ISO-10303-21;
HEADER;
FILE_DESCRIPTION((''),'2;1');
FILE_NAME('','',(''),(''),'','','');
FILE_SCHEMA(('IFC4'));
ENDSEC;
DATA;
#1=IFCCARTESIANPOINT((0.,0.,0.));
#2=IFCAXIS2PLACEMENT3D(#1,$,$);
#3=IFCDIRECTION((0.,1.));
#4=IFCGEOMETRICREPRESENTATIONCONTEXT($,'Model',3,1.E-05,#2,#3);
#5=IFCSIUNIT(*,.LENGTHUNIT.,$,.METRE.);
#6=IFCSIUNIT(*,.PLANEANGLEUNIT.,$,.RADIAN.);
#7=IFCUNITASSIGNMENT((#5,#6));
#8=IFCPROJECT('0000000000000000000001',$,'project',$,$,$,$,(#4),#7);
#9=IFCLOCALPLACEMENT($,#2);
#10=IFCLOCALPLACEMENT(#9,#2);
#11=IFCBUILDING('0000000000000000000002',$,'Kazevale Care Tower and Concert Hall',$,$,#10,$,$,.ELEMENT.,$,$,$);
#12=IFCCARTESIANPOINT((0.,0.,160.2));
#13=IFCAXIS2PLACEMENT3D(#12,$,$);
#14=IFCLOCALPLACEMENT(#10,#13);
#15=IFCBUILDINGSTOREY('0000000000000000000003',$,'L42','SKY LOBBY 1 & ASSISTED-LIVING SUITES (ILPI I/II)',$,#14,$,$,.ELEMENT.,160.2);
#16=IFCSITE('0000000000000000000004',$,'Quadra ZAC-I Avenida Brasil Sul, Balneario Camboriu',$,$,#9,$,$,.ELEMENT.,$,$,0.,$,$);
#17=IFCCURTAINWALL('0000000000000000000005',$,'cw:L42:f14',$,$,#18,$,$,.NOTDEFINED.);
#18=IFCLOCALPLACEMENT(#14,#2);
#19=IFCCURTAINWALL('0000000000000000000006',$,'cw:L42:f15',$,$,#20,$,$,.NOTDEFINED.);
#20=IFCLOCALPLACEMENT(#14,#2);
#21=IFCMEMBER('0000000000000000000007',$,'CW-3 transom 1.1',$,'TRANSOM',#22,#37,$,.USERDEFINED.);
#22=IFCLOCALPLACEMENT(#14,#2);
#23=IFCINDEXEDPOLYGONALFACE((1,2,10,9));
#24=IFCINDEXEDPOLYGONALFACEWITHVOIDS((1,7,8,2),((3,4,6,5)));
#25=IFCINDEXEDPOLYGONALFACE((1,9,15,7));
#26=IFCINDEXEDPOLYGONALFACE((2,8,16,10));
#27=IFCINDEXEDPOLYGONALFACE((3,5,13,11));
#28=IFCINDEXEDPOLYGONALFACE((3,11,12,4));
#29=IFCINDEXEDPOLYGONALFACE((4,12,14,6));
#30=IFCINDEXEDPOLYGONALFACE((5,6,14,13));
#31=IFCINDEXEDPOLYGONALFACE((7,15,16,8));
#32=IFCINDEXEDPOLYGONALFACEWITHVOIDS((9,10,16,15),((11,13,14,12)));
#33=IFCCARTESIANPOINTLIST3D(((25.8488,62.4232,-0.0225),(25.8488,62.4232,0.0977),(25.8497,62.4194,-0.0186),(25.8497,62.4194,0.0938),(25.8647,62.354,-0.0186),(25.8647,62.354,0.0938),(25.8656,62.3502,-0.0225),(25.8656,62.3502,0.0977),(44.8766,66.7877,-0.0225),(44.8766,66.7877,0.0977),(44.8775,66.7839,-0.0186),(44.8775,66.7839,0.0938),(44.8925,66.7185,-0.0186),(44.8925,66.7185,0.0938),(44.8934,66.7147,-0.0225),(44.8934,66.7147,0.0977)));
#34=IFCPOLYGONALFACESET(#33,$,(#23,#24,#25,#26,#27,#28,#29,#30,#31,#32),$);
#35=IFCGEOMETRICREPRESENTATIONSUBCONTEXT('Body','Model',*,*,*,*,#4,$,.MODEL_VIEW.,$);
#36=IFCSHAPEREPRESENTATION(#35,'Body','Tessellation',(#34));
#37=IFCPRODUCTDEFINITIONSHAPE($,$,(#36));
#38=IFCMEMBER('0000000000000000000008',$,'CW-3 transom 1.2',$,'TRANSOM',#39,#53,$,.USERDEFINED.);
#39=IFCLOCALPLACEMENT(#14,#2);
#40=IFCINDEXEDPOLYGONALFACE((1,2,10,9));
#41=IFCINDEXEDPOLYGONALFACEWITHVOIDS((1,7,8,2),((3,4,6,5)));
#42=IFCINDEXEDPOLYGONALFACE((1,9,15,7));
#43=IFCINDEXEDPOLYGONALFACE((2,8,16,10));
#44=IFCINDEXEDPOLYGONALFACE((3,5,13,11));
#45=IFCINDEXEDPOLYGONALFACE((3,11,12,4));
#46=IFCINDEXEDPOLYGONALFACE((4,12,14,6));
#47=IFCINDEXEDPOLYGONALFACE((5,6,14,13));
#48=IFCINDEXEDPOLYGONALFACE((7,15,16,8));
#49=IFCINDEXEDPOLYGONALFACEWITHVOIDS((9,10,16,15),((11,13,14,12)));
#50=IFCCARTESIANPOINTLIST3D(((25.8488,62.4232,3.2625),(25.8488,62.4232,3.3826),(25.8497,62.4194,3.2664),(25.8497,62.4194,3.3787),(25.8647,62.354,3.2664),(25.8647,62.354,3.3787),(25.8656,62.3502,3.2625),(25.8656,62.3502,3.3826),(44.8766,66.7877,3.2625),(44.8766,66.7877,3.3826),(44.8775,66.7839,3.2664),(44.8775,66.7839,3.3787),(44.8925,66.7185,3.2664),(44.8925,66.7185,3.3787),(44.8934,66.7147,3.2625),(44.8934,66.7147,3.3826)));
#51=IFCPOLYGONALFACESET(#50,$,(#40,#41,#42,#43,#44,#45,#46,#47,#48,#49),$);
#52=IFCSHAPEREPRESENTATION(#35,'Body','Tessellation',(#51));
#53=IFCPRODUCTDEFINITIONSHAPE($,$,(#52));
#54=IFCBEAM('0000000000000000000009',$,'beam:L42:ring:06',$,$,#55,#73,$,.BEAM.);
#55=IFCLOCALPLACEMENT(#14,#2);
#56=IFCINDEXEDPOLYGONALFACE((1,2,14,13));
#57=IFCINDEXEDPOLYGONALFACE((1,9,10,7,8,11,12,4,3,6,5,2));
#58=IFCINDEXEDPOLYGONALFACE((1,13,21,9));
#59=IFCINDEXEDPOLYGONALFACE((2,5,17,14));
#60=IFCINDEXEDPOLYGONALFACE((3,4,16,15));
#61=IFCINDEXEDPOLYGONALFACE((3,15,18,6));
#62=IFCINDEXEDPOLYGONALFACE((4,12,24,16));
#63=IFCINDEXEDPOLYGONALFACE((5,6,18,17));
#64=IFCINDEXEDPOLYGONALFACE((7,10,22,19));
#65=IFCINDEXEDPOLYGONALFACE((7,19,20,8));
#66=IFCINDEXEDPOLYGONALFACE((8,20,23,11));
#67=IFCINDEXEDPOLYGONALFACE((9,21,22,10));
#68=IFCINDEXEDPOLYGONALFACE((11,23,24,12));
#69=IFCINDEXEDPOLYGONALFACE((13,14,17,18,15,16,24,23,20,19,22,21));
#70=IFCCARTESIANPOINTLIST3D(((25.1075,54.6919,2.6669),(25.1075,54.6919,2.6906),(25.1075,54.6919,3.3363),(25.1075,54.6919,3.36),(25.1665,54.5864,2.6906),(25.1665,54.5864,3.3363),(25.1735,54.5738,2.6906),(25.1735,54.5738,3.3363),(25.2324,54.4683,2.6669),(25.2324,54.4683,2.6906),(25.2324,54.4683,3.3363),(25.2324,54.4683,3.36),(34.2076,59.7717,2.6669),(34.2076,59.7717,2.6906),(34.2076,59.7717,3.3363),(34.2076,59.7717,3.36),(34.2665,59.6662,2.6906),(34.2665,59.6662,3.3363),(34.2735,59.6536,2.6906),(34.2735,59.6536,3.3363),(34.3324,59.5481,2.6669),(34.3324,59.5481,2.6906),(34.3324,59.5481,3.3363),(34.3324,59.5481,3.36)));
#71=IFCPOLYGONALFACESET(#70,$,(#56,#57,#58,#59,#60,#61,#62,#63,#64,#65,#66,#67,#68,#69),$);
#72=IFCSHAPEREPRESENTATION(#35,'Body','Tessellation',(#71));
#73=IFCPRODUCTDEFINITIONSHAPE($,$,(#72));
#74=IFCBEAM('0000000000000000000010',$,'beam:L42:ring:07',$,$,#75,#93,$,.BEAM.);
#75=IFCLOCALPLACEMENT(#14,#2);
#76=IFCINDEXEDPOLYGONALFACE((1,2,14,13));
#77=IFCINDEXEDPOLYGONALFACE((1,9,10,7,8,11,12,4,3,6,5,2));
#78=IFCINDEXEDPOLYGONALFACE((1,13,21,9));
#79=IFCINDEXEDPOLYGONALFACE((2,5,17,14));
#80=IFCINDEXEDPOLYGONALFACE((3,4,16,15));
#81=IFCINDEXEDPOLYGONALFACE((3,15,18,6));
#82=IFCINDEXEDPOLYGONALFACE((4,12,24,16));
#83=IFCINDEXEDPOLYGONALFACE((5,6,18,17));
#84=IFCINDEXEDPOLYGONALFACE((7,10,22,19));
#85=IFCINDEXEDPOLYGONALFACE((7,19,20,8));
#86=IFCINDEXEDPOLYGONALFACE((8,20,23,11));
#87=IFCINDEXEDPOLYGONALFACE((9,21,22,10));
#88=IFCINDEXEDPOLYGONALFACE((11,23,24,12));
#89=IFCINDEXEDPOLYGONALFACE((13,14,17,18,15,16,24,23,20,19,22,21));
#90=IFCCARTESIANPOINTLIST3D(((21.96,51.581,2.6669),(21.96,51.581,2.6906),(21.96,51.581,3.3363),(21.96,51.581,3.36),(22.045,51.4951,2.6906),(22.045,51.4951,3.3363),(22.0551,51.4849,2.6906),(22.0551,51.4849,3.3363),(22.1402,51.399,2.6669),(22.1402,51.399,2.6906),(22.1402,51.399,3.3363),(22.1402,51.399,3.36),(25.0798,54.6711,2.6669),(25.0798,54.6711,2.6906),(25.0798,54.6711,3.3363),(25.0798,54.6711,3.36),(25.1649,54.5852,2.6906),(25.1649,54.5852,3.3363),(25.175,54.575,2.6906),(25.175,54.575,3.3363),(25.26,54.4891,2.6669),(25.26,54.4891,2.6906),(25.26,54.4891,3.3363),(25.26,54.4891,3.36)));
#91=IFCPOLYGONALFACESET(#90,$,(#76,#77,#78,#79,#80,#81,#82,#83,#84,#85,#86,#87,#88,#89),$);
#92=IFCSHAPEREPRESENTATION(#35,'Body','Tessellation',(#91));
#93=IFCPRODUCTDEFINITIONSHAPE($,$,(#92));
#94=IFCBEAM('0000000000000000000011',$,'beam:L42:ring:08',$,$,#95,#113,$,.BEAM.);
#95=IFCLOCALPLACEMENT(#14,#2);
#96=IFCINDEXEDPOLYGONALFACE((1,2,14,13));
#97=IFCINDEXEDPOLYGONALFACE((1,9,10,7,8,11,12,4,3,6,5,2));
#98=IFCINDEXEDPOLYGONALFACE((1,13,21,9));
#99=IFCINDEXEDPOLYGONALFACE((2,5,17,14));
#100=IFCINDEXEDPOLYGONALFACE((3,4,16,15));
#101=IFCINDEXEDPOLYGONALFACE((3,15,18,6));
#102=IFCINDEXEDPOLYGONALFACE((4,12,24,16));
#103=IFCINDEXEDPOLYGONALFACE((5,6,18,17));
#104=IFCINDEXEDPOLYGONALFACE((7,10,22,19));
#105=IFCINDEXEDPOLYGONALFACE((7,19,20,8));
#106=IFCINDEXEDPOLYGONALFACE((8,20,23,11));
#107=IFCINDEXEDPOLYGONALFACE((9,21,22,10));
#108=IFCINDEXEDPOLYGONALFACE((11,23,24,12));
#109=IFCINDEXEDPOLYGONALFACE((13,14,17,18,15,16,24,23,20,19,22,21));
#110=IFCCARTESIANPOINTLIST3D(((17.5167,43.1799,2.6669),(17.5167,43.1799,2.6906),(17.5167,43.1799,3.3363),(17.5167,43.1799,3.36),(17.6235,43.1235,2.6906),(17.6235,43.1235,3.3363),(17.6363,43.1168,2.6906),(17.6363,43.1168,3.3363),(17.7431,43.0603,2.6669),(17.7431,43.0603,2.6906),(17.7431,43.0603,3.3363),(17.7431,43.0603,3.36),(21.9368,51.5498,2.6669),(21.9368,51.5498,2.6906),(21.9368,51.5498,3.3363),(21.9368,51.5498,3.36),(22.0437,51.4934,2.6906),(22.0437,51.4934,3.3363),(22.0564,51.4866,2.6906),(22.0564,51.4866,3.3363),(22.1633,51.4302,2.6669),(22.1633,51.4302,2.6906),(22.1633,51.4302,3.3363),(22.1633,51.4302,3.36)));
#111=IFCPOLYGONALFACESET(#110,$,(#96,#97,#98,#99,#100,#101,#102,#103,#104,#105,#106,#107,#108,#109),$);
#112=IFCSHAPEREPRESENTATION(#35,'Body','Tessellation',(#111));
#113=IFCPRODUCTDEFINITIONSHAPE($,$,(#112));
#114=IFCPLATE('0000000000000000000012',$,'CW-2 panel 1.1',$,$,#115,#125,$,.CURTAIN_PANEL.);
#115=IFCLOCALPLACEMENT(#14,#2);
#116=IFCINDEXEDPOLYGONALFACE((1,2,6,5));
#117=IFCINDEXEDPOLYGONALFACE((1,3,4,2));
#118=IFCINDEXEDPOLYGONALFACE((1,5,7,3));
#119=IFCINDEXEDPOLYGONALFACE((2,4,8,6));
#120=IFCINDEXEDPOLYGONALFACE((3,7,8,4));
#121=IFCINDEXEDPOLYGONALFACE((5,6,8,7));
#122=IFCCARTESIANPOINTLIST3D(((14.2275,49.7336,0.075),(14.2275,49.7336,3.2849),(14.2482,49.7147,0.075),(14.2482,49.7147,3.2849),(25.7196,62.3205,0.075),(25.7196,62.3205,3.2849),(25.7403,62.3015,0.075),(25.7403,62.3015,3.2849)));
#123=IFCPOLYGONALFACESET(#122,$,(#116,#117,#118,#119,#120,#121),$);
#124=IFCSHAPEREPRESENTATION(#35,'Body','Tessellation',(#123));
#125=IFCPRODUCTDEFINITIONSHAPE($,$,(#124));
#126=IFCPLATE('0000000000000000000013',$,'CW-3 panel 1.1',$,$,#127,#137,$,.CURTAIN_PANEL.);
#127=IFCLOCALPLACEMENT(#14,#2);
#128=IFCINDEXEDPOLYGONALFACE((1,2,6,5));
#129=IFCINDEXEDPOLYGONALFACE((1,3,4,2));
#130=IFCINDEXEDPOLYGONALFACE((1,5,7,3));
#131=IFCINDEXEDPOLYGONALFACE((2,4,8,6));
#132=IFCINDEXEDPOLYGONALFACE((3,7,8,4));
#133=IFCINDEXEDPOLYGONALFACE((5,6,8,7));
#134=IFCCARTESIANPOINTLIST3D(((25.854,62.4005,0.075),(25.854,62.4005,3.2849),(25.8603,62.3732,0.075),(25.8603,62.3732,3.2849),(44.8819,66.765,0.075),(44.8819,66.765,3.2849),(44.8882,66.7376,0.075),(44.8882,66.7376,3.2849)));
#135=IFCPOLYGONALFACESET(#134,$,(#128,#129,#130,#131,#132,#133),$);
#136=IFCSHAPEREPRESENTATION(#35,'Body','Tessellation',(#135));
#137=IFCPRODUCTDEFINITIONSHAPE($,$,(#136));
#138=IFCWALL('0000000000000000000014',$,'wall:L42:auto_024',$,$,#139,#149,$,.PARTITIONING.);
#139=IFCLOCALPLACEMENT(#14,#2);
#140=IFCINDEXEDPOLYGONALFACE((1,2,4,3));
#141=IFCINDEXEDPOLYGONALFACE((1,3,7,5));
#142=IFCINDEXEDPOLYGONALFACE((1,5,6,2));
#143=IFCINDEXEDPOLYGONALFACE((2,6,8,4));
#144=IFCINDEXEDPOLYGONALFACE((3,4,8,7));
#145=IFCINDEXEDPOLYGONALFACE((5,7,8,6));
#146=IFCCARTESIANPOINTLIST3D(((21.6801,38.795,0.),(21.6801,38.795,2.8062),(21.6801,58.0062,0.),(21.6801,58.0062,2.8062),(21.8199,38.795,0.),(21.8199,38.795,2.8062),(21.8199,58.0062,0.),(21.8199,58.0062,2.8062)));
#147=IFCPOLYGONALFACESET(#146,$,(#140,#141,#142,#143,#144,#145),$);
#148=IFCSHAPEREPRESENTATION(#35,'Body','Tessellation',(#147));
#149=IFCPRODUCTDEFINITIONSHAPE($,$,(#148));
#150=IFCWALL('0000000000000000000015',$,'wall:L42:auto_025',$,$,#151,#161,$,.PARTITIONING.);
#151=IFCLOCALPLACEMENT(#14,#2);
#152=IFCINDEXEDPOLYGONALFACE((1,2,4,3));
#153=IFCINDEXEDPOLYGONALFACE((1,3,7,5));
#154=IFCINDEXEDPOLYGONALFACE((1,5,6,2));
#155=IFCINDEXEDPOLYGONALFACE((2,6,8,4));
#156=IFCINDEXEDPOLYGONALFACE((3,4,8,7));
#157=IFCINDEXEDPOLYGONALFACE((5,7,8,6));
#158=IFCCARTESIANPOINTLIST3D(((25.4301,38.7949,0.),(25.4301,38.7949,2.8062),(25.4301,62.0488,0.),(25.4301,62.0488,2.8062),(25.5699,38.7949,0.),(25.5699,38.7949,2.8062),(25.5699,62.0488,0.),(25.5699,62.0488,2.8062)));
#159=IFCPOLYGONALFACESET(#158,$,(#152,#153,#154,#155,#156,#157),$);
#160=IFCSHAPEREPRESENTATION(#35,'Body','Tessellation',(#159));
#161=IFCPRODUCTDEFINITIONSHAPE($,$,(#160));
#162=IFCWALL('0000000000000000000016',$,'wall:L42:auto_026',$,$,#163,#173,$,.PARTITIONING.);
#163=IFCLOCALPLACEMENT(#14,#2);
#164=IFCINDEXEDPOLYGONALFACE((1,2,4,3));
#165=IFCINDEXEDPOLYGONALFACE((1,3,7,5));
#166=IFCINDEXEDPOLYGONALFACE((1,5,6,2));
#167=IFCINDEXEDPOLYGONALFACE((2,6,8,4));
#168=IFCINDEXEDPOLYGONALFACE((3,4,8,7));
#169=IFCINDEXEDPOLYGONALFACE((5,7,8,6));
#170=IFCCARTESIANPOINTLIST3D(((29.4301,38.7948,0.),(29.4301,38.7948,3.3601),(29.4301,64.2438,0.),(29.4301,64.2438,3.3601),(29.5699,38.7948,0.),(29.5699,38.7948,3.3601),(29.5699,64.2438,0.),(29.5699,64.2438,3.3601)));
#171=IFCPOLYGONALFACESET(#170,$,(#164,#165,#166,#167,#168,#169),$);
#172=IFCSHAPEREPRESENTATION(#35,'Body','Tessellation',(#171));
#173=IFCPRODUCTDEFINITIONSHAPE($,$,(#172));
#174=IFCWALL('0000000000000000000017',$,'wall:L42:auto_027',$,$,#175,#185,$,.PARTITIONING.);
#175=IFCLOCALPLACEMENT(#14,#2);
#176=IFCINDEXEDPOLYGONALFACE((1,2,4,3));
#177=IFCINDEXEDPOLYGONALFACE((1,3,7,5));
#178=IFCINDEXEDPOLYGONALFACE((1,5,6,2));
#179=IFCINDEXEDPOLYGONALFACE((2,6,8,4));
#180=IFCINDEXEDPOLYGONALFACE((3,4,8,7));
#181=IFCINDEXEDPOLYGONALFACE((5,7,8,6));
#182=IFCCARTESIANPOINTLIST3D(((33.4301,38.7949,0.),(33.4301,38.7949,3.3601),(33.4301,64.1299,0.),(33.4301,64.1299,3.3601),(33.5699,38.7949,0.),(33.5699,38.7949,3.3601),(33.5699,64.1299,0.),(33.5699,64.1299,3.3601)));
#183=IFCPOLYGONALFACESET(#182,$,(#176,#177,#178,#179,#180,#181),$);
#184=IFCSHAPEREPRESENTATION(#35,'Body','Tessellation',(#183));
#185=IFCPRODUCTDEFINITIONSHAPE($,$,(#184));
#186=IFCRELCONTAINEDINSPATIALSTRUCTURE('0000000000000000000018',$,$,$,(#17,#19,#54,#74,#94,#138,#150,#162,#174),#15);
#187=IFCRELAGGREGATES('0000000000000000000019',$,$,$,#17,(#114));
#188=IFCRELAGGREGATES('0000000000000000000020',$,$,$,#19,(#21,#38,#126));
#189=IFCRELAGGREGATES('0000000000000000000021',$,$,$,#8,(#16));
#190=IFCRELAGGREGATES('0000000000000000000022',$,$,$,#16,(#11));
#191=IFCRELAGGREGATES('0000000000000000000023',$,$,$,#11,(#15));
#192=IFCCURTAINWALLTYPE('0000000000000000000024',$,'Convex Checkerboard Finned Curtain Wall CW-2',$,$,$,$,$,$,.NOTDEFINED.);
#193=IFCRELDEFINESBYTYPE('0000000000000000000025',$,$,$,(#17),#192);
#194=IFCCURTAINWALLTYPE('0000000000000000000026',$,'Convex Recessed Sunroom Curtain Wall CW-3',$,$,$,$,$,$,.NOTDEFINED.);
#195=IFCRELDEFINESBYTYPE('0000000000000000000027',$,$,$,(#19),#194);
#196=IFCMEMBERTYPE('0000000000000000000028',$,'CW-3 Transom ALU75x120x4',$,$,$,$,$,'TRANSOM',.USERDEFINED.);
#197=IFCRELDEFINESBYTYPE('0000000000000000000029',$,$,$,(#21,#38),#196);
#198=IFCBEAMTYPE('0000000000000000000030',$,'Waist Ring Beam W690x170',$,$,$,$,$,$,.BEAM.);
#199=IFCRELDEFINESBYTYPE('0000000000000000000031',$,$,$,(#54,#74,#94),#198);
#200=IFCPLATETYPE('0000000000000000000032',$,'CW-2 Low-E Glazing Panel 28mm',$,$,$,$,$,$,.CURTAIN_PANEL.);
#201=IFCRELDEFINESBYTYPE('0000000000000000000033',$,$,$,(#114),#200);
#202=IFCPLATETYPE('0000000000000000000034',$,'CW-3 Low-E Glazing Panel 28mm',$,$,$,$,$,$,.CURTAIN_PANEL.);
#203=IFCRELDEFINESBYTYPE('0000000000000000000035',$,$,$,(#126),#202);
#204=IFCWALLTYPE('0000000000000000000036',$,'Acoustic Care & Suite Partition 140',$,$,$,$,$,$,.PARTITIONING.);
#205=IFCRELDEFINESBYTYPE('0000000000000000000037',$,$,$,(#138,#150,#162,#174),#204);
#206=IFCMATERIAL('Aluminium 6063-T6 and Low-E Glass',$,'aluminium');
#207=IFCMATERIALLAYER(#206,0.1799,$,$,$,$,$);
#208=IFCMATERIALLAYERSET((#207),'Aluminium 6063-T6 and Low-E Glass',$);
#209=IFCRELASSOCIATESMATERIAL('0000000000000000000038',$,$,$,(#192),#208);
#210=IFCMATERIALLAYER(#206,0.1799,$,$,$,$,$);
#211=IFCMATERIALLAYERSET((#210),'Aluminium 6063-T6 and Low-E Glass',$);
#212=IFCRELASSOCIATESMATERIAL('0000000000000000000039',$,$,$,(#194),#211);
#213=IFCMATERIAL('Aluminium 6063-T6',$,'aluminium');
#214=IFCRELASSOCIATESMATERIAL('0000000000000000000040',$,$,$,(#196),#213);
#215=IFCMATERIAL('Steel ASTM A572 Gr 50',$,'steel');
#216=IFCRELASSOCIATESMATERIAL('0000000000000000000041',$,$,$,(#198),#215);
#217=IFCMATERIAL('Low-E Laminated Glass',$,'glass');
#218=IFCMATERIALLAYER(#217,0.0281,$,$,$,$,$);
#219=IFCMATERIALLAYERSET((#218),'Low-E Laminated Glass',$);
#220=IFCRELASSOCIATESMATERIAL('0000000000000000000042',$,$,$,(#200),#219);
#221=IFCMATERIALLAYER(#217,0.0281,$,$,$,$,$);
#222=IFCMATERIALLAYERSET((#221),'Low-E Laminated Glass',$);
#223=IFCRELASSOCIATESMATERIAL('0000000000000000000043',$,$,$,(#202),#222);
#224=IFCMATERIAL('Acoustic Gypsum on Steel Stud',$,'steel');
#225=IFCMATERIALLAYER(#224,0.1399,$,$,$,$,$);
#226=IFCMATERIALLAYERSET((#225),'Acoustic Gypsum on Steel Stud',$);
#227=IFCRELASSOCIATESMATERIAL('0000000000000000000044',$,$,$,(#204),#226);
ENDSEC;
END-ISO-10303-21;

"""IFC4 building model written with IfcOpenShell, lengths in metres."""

from ifc_helpers import new_model, si_unit, direction, frame, frame_2d, origin, origin_2d, place, context, subcontext, project, spatial, rectangle, hollow_rectangle, i_section, extrude, material, layer, layer_set, material_profile, profile_set, type_object, element, aggregate, save


model = new_model("IFC4")

# Units and contexts
model_context = context("Model", 3, precision=1e-05, world=origin(), true_north=direction((0.0, 1.0)))
body_context = subcontext(model_context, "Body", "Model", "MODEL_VIEW")
ifc_project = project(units=[si_unit("LENGTHUNIT", "METRE"), si_unit("PLANEANGLEUNIT", "RADIAN")], contexts=[model_context])

# Site, building, storey
site_placement = place(None, origin())
site = spatial("IfcSite", under=ifc_project, at=site_placement, Name="Quadra ZAC-I Avenida Brasil Sul, Balneario Camboriu", CompositionType="ELEMENT", RefElevation=0.0)
building_placement = place(site_placement, origin())
building = spatial("IfcBuilding", under=site, at=building_placement, Name="Kazevale Care Tower and Concert Hall", CompositionType="ELEMENT")
storey_placement = place(building_placement, frame((0.0, 0.0, 160.2)))
storey = spatial("IfcBuildingStorey", under=building, at=storey_placement, Name="L42", Description="SKY LOBBY 1 & ASSISTED-LIVING SUITES (ILPI I/II)", CompositionType="ELEMENT", Elevation=160.2)

# Curtain wall
ifc_material_1 = material(Name="Aluminium 6063-T6 and Low-E Glass", Category="aluminium")
ifc_layer_1 = layer(ifc_material_1, 0.1799)
ifc_layer_set_1 = layer_set([ifc_layer_1], Name="Aluminium 6063-T6 and Low-E Glass")
curtain_wall_type_1 = type_object("IfcCurtainWallType", Name="Convex Checkerboard Finned Curtain Wall CW-2", PredefinedType="NOTDEFINED", material=ifc_layer_set_1)
curtain_wall_1_placement = place(storey_placement, origin())
curtain_wall_1 = element("IfcCurtainWall", 1, at=curtain_wall_1_placement, inside=storey, type_object=curtain_wall_type_1, Name="cw:L42:f14", PredefinedType="NOTDEFINED")
ifc_material_2 = material(Name="Aluminium 6063-T6", Category="aluminium")

# Curtain wall, members
ifc_layer_2 = layer(ifc_material_1, 0.1799)
ifc_layer_set_2 = layer_set([ifc_layer_2], Name="Aluminium 6063-T6 and Low-E Glass")
curtain_wall_type_2 = type_object("IfcCurtainWallType", Name="Convex Recessed Sunroom Curtain Wall CW-3", PredefinedType="NOTDEFINED", material=ifc_layer_set_2)
curtain_wall_2_placement = place(storey_placement, origin())
curtain_wall_2 = element("IfcCurtainWall", 2, at=curtain_wall_2_placement, inside=storey, type_object=curtain_wall_type_2, Name="cw:L42:f15", PredefinedType="NOTDEFINED")
ifc_material_profile_1 = material_profile(ifc_material_2, hollow_rectangle(XDim=0.075, YDim=0.1201, WallThickness=0.0039, at=origin_2d()), Name="ALU75x120x4")
ifc_profile_set_1 = profile_set([ifc_material_profile_1], Name="Aluminium 6063-T6")
member_type_1 = type_object("IfcMemberType", Name="CW-3 Transom ALU75x120x4", ElementType="TRANSOM", PredefinedType="USERDEFINED", material=ifc_profile_set_1)
member_1_placement = place(storey_placement, frame((25.8572, 62.3867, 0.0376), z_axis=(0.974688, 0.223569, 0.0), x_axis=(-0.223569, 0.974688, 0.0)))
member_1 = element("IfcMember", 3, at=member_1_placement, type_object=member_type_1, Name="CW-3 transom 1.1", ObjectType="TRANSOM", PredefinedType="USERDEFINED", context=body_context, shape_type="SweptSolid", body=[
    extrude(hollow_rectangle(XDim=0.075, YDim=0.1201, WallThickness=0.0039, at=origin_2d()), origin(), (0.0, 0.0, 1.0), 19.522),
])
member_2_placement = place(storey_placement, frame((25.8572, 62.3867, 3.3225), z_axis=(0.974688, 0.223569, 0.0), x_axis=(-0.223569, 0.974688, 0.0)))
member_2 = element("IfcMember", 4, at=member_2_placement, type_object=member_type_1, Name="CW-3 transom 1.2", ObjectType="TRANSOM", PredefinedType="USERDEFINED", context=body_context, shape_type="SweptSolid", body=[
    extrude(hollow_rectangle(XDim=0.075, YDim=0.1201, WallThickness=0.0039, at=origin_2d()), origin(), (0.0, 0.0, 1.0), 19.522),
])

# Beams
ifc_material_3 = material(Name="Steel ASTM A572 Gr 50", Category="steel")
ifc_material_profile_2 = material_profile(ifc_material_3, i_section(OverallWidth=0.2561, OverallDepth=0.6931, WebThickness=0.0144, FlangeThickness=0.0237, at=origin_2d()), Name="W690x170")
ifc_profile_set_2 = profile_set([ifc_material_profile_2], Name="Steel ASTM A572 Gr 50")
beam_type = type_object("IfcBeamType", Name="Waist Ring Beam W690x170", PredefinedType="BEAM", material=ifc_profile_set_2)
beam_1_placement = place(storey_placement, frame((34.27, 59.6599, 3.0134), z_axis=(-0.873169, -0.487418, 0.0), x_axis=(0.487418, -0.873169, 0.0)))
element("IfcBeam", 5, at=beam_1_placement, inside=storey, type_object=beam_type, Name="beam:L42:ring:06", PredefinedType="BEAM", context=body_context, shape_type="SweptSolid", body=[
    extrude(i_section(OverallWidth=0.2561, OverallDepth=0.6931, WebThickness=0.0144, FlangeThickness=0.0237, at=origin_2d()), origin(), (0.0, 0.0, 1.0), 10.4219),
])
beam_2_placement = place(storey_placement, frame((25.1699, 54.5801, 3.0134), z_axis=(-0.71049, -0.703707, 0.0), x_axis=(0.703707, -0.71049, 0.0)))
element("IfcBeam", 6, at=beam_2_placement, inside=storey, type_object=beam_type, Name="beam:L42:ring:07", PredefinedType="BEAM", context=body_context, shape_type="SweptSolid", body=[
    extrude(i_section(OverallWidth=0.2561, OverallDepth=0.6931, WebThickness=0.0144, FlangeThickness=0.0237, at=origin_2d()), origin(), (0.0, 0.0, 1.0), 4.3911),
])
beam_3_placement = place(storey_placement, frame((22.05, 51.49, 3.0134), z_axis=(-0.466984, -0.884266, 0.0), x_axis=(0.884266, -0.466984, 0.0)))
element("IfcBeam", 7, at=beam_3_placement, inside=storey, type_object=beam_type, Name="beam:L42:ring:08", PredefinedType="BEAM", context=body_context, shape_type="SweptSolid", body=[
    extrude(i_section(OverallWidth=0.2561, OverallDepth=0.6931, WebThickness=0.0144, FlangeThickness=0.0237, at=origin_2d()), origin(), (0.0, 0.0, 1.0), 9.4653),
])

# Plates
ifc_material_4 = material(Name="Low-E Laminated Glass", Category="glass")
ifc_layer_3 = layer(ifc_material_4, 0.0281)
ifc_layer_set_3 = layer_set([ifc_layer_3], Name="Low-E Laminated Glass")
plate_type_1 = type_object("IfcPlateType", Name="CW-2 Low-E Glazing Panel 28mm", PredefinedType="CURTAIN_PANEL", material=ifc_layer_set_3)
plate_1_placement = place(storey_placement, frame((19.9839, 56.0176, 0.075), z_axis=(0.0, 0.0, 1.0), x_axis=(0.674262, 0.738492, 0.0)))
plate_1 = element("IfcPlate", 8, at=plate_1_placement, type_object=plate_type_1, Name="CW-2 panel 1.1", PredefinedType="CURTAIN_PANEL", context=body_context, shape_type="SweptSolid", body=[
    extrude(rectangle(XDim=17.0439, YDim=0.0281, at=origin_2d()), origin(), (0.0, 0.0, 1.0), 3.21),
])
aggregate(curtain_wall_1, [plate_1])
ifc_layer_4 = layer(ifc_material_4, 0.0281)
ifc_layer_set_4 = layer_set([ifc_layer_4], Name="Low-E Laminated Glass")
plate_type_2 = type_object("IfcPlateType", Name="CW-3 Low-E Glazing Panel 28mm", PredefinedType="CURTAIN_PANEL", material=ifc_layer_set_4)
plate_2_placement = place(storey_placement, frame((35.3711, 64.5691, 0.075), z_axis=(0.0, 0.0, 1.0), x_axis=(0.974688, 0.223567, 0.0)))
plate_2 = element("IfcPlate", 9, at=plate_2_placement, type_object=plate_type_2, Name="CW-3 panel 1.1", PredefinedType="CURTAIN_PANEL", context=body_context, shape_type="SweptSolid", body=[
    extrude(rectangle(XDim=19.522, YDim=0.0281, at=origin_2d()), origin(), (0.0, 0.0, 1.0), 3.21),
])
aggregate(curtain_wall_2, [member_1, member_2, plate_2])

# Walls
ifc_material_5 = material(Name="Acoustic Gypsum on Steel Stud", Category="steel")
ifc_layer_5 = layer(ifc_material_5, 0.1399)
ifc_layer_set_5 = layer_set([ifc_layer_5], Name="Acoustic Gypsum on Steel Stud")
wall_type = type_object("IfcWallType", Name="Acoustic Care & Suite Partition 140", PredefinedType="PARTITIONING", material=ifc_layer_set_5)
wall_1_placement = place(storey_placement, frame((21.75, 58.0061, 0.0), z_axis=(0.0, 0.0, 1.0), x_axis=(0.0, -1.0, 0.0)))
element("IfcWall", 10, at=wall_1_placement, inside=storey, type_object=wall_type, Name="wall:L42:auto_024", PredefinedType="PARTITIONING", context=body_context, shape_type="SweptSolid", body=[
    extrude(rectangle(XDim=19.2112, YDim=0.1399, at=frame_2d((9.6055, 0.0))), origin(), (0.0, 0.0, 1.0), 2.8062),
])
wall_2_placement = place(storey_placement, frame((25.5, 62.0488, 0.0), z_axis=(0.0, 0.0, 1.0), x_axis=(0.0, -1.0, 0.0)))
element("IfcWall", 11, at=wall_2_placement, inside=storey, type_object=wall_type, Name="wall:L42:auto_025", PredefinedType="PARTITIONING", context=body_context, shape_type="SweptSolid", body=[
    extrude(rectangle(XDim=23.2539, YDim=0.1399, at=frame_2d((11.627, 0.0))), origin(), (0.0, 0.0, 1.0), 2.8062),
])
wall_3_placement = place(storey_placement, frame((29.5, 64.2439, 0.0), z_axis=(0.0, 0.0, 1.0), x_axis=(0.0, -1.0, 0.0)))
element("IfcWall", 12, at=wall_3_placement, inside=storey, type_object=wall_type, Name="wall:L42:auto_026", PredefinedType="PARTITIONING", context=body_context, shape_type="SweptSolid", body=[
    extrude(rectangle(XDim=25.449, YDim=0.1399, at=frame_2d((12.7246, 0.0))), origin(), (0.0, 0.0, 1.0), 3.3601),
])
wall_4_placement = place(storey_placement, frame((33.5, 64.1299, 0.0), z_axis=(0.0, 0.0, 1.0), x_axis=(0.0, -1.0, 0.0)))
element("IfcWall", 13, at=wall_4_placement, inside=storey, type_object=wall_type, Name="wall:L42:auto_027", PredefinedType="PARTITIONING", context=body_context, shape_type="SweptSolid", body=[
    extrude(rectangle(XDim=25.335, YDim=0.1399, at=frame_2d((12.6675, 0.0))), origin(), (0.0, 0.0, 1.0), 3.3601),
])

save(model, "model.ifc")
